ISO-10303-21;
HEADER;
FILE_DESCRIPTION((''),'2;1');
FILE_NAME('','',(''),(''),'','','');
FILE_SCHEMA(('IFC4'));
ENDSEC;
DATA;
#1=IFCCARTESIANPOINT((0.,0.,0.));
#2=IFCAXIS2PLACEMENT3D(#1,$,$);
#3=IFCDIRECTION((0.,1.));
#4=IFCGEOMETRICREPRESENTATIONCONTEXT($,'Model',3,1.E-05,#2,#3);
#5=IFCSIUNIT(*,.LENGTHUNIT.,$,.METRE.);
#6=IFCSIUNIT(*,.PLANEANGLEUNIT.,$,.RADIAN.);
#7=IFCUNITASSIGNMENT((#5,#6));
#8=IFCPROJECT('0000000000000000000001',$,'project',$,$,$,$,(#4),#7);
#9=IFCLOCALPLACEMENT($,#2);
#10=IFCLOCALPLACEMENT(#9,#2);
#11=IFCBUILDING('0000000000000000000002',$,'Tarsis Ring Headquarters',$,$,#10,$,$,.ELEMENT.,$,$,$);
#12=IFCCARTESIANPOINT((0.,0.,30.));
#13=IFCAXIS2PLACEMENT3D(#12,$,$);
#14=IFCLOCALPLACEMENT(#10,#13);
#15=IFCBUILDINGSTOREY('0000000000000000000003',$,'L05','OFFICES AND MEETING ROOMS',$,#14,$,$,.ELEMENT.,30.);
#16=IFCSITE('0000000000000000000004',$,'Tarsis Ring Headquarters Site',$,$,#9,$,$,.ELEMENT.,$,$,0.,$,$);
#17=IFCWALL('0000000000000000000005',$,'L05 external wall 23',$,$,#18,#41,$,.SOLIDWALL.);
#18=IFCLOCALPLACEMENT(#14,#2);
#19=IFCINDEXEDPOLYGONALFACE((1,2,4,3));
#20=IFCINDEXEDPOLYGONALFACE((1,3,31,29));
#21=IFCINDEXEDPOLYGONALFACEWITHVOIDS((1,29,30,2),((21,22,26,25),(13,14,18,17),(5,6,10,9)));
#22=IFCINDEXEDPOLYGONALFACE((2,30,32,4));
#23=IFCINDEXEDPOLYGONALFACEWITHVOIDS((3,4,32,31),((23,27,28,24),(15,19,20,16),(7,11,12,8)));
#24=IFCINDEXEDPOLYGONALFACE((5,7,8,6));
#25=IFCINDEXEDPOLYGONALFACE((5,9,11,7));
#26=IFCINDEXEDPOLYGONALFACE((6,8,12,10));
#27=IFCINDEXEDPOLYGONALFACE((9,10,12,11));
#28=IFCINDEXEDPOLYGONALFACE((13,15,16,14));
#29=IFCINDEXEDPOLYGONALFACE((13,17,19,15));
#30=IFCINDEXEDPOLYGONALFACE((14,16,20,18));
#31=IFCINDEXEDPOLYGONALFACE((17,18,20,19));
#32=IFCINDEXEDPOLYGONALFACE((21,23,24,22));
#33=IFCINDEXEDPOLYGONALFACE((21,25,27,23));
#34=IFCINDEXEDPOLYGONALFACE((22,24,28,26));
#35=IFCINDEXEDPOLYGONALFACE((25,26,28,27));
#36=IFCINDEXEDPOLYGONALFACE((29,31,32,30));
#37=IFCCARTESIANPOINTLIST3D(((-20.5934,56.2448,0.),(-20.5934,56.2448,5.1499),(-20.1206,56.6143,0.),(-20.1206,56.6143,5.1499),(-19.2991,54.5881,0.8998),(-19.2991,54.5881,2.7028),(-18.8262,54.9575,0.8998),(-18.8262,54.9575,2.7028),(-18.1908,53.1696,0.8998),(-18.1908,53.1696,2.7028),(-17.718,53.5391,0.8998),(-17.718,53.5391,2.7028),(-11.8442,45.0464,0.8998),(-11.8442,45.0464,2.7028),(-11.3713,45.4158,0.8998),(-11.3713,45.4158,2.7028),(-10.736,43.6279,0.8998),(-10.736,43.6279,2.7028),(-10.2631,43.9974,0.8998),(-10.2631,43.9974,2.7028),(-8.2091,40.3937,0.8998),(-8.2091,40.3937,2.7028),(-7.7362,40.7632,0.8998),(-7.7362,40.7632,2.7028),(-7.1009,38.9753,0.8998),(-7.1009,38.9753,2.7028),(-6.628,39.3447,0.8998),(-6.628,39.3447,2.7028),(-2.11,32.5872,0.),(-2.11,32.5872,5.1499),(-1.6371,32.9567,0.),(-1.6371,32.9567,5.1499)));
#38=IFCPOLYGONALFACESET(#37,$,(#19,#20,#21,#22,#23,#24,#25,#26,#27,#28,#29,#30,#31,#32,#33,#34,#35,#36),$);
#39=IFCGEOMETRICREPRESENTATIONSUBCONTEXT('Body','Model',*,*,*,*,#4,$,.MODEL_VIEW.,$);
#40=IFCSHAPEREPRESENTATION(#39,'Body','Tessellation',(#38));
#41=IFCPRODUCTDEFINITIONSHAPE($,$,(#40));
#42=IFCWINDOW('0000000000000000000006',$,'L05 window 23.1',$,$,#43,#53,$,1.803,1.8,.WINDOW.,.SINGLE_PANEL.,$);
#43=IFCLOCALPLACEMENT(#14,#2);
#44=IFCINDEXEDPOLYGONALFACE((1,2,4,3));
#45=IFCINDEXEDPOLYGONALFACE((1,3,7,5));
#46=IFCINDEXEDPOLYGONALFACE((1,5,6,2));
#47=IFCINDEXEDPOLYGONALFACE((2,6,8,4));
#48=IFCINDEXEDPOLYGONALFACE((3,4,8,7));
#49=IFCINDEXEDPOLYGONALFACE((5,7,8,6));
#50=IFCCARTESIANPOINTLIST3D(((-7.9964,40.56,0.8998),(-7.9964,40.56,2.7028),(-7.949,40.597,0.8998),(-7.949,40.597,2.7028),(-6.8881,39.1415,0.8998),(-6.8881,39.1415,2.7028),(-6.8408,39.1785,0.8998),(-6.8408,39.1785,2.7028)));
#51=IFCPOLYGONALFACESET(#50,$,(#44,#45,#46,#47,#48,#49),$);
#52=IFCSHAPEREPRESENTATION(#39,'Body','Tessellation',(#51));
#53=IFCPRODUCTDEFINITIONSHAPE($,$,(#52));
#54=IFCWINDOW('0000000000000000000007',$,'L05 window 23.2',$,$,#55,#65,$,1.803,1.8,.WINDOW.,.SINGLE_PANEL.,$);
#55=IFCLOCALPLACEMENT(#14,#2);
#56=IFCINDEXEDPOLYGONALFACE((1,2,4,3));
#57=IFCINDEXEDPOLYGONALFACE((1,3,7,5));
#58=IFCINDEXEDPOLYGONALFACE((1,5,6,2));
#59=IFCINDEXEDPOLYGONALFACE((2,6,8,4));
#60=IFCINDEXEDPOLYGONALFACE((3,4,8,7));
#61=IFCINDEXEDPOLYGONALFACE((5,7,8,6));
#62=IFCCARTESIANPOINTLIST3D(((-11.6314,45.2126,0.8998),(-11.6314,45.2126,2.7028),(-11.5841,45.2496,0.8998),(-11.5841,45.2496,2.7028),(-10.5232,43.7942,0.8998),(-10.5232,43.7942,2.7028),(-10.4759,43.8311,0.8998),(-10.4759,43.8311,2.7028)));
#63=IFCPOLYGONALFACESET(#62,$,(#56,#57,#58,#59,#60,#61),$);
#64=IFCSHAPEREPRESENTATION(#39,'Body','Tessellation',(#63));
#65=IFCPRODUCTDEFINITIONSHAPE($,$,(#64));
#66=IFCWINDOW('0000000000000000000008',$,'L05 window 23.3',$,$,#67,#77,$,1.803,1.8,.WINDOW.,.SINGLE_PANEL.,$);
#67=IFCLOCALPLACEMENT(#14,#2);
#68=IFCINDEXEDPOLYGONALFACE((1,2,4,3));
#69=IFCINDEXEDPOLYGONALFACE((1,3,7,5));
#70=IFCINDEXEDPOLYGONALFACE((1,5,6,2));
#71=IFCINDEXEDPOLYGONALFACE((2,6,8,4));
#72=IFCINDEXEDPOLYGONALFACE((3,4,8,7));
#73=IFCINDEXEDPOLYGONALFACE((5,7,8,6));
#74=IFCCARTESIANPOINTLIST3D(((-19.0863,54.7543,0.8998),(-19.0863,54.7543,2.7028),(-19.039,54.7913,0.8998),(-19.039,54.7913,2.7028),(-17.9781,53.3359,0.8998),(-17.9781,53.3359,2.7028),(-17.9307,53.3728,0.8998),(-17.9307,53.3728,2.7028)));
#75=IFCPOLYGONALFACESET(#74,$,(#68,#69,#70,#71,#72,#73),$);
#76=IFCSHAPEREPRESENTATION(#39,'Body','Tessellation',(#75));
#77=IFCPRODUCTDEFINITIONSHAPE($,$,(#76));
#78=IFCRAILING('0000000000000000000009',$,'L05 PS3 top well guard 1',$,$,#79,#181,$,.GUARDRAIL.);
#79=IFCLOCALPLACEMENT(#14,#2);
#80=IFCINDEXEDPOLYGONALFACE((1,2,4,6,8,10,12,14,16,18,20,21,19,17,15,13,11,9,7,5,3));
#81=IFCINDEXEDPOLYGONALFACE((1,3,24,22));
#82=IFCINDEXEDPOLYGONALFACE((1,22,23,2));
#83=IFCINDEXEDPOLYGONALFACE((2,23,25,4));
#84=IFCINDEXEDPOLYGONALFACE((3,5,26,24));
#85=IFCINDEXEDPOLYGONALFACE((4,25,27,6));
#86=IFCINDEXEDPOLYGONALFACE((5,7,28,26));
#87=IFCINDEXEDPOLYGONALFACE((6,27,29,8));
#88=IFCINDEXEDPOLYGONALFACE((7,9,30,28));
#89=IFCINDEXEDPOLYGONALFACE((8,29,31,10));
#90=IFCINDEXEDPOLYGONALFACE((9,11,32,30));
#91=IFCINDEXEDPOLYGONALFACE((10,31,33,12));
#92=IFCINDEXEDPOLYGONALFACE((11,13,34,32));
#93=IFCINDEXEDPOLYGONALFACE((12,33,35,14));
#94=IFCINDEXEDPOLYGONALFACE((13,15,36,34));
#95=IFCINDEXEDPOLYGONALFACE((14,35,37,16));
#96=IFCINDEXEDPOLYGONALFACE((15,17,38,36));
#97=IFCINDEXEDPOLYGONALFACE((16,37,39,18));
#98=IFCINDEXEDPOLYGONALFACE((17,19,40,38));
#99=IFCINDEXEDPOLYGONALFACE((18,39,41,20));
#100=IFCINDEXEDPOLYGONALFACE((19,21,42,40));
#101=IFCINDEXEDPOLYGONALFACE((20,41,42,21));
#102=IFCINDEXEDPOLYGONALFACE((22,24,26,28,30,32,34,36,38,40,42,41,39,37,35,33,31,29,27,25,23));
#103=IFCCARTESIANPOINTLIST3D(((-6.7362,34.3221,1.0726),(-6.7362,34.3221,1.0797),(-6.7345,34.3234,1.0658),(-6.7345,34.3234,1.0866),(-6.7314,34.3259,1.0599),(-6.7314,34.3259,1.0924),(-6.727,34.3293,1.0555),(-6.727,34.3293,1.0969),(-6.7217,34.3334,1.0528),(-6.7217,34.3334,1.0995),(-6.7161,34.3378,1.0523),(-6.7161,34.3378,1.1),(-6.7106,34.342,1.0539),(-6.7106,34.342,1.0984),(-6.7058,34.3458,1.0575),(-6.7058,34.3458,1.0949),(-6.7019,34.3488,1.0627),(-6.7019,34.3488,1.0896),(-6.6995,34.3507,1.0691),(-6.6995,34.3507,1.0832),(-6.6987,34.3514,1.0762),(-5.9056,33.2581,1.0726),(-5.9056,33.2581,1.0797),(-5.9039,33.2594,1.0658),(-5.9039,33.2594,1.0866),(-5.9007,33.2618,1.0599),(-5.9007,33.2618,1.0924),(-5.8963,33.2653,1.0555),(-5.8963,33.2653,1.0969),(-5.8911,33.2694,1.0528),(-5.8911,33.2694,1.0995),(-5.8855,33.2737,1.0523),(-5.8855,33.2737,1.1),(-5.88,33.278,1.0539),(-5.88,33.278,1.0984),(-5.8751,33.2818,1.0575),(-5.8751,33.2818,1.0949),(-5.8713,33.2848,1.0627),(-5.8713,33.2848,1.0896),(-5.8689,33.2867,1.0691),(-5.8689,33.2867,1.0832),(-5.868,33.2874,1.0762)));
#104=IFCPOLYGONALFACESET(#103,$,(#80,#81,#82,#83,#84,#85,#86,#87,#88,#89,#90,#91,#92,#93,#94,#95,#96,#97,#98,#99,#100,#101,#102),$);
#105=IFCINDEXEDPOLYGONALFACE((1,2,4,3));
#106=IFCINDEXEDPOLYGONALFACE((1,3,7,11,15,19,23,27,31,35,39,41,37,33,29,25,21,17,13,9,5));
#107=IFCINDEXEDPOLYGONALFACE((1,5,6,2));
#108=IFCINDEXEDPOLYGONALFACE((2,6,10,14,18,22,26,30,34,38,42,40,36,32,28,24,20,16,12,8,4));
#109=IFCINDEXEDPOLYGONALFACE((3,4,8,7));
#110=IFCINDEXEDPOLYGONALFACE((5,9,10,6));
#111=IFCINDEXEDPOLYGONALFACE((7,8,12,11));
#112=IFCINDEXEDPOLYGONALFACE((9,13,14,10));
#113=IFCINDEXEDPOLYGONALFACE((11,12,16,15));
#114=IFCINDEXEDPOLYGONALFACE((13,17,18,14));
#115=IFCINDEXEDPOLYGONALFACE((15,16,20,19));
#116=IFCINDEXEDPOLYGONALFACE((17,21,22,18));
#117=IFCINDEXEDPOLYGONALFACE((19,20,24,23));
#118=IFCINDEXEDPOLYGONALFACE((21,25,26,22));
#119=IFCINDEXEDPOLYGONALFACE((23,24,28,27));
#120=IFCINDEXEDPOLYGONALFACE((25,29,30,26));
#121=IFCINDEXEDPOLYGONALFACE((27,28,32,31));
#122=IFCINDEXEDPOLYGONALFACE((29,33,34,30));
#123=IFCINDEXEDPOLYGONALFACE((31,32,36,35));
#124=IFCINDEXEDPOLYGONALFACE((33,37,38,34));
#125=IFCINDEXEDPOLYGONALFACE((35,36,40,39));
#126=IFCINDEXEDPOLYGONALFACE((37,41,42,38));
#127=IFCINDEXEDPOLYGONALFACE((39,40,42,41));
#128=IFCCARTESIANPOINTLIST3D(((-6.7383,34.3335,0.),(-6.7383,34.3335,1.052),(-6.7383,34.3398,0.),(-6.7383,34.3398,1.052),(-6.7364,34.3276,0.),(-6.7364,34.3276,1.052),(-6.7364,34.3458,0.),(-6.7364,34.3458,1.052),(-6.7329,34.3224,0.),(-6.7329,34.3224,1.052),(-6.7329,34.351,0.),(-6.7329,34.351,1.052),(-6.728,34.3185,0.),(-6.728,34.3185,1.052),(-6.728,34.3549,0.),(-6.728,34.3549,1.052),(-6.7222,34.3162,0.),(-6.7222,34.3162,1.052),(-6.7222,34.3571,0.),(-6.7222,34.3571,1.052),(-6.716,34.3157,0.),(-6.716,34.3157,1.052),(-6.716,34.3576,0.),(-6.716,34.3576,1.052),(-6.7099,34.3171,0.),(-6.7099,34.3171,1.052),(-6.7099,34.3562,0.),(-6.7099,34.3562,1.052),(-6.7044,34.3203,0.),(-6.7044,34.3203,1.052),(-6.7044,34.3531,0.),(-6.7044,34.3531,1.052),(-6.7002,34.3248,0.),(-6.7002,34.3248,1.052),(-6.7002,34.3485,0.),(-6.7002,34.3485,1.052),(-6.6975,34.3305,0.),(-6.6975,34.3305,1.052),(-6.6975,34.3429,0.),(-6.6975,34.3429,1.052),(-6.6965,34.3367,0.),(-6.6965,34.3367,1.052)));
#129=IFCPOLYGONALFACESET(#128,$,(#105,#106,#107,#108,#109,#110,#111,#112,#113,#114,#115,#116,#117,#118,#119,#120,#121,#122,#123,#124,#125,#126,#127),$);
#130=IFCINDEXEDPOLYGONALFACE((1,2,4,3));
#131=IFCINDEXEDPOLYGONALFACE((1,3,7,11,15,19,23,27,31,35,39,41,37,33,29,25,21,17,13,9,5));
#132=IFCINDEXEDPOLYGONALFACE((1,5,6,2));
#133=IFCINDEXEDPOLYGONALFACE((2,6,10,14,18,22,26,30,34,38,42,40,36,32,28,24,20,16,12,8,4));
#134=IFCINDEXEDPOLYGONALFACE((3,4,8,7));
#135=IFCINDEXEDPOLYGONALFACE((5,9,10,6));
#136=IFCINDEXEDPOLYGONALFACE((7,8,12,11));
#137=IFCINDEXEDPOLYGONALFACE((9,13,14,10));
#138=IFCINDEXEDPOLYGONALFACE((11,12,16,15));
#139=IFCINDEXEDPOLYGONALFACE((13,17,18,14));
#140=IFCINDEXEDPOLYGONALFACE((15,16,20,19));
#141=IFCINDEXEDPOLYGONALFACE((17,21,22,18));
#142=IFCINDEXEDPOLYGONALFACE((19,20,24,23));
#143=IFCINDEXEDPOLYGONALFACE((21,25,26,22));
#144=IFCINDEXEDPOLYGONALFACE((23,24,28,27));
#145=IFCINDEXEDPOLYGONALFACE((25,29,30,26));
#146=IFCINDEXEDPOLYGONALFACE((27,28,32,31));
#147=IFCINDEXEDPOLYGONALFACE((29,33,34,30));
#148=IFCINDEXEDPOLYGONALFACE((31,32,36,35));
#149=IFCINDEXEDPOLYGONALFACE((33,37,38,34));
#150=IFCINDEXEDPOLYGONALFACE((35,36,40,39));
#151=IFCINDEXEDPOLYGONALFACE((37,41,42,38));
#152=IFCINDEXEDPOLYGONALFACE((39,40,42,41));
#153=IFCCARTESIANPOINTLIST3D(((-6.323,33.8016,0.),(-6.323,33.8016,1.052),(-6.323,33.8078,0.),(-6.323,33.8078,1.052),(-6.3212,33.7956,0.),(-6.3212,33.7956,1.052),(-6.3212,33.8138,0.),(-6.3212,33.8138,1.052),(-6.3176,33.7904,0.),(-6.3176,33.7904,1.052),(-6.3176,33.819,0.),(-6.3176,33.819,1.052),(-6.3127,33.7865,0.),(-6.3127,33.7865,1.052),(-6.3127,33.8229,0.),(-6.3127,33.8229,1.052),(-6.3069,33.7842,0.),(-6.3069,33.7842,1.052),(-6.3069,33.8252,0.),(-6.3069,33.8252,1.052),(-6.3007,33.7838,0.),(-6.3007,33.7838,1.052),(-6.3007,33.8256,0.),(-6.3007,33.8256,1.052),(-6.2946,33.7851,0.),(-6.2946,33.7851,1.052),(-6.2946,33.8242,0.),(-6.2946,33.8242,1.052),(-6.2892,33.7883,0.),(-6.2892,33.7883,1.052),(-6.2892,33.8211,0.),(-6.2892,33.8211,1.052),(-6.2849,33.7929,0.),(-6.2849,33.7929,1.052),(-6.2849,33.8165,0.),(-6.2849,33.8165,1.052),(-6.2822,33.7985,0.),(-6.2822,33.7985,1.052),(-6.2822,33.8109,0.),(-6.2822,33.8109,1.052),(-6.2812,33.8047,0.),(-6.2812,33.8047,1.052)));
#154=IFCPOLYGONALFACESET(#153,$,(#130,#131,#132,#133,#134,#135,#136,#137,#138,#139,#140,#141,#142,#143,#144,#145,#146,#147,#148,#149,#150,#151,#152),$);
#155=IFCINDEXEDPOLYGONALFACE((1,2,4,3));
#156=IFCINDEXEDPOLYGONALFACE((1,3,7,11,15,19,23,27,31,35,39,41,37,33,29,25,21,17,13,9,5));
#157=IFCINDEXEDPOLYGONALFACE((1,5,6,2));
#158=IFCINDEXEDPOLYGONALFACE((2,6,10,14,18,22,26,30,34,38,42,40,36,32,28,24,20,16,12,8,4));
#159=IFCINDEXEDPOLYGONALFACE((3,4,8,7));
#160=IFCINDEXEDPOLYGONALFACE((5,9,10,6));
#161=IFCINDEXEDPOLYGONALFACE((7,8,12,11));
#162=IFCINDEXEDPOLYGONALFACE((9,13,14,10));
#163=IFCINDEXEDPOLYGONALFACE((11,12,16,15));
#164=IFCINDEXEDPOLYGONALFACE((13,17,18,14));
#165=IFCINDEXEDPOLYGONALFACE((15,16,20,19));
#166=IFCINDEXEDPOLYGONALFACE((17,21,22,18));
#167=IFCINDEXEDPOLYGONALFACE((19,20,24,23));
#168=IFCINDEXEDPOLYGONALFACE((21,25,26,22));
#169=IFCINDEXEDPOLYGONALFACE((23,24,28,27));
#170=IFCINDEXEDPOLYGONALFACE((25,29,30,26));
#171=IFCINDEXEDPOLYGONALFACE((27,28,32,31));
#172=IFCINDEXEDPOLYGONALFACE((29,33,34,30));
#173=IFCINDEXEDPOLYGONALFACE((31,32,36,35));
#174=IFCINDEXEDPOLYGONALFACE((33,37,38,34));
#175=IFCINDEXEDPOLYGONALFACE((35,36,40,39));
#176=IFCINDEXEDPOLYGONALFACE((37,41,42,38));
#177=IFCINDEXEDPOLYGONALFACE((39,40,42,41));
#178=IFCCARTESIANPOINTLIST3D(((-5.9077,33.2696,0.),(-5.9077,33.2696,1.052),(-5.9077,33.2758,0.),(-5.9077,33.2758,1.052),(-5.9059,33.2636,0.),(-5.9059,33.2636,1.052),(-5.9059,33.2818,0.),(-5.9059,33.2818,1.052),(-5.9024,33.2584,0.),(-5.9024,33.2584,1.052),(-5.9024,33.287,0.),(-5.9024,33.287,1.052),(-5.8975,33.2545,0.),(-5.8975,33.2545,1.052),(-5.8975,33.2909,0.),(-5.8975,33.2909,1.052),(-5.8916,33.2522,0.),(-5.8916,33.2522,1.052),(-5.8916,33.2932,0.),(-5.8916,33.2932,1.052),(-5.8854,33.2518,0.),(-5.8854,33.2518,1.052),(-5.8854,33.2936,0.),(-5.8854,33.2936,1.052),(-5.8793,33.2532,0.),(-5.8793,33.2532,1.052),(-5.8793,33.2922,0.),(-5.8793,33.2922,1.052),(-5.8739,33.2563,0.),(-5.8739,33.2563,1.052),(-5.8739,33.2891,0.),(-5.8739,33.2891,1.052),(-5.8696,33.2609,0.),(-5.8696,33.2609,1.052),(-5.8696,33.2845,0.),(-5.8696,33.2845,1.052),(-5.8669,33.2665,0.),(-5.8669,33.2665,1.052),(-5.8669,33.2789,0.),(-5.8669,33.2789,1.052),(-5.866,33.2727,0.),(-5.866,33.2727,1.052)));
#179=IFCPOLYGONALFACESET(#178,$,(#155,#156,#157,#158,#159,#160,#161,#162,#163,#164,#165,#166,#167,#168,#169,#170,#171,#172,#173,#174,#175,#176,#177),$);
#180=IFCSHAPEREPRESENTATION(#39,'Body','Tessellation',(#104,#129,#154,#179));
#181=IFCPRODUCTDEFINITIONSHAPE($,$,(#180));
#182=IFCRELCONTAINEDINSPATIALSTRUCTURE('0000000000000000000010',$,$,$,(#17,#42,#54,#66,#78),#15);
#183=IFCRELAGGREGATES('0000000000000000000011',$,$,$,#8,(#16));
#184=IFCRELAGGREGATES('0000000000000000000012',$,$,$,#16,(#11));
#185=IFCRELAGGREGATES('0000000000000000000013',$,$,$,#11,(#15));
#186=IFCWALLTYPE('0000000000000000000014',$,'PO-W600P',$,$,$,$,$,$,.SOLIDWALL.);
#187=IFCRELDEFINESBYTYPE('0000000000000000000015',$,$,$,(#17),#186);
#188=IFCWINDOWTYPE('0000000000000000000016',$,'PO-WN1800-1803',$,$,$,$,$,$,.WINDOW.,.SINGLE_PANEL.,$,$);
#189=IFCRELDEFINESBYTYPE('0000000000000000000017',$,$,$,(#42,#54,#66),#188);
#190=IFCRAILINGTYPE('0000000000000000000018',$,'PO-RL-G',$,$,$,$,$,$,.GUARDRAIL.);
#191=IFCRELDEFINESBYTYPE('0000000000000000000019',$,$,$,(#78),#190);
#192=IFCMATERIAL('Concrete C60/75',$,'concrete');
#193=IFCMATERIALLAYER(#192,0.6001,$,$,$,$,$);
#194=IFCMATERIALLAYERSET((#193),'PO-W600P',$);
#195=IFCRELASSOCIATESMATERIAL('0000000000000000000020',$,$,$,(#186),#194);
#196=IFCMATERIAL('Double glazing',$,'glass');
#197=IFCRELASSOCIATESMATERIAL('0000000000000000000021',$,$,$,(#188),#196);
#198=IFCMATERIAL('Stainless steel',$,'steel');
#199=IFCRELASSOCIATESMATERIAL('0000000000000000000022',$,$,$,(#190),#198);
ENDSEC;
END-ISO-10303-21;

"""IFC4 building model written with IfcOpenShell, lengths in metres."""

from ifc_helpers import new_model, si_unit, direction, frame, frame_2d, origin, origin_2d, place, context, subcontext, project, spatial, rectangle, circle, extrude, material, layer, layer_set, type_object, element, fill, save


model = new_model("IFC4")

# Units and contexts
model_context = context("Model", 3, precision=1e-05, world=origin(), true_north=direction((0.0, 1.0)))
body_context = subcontext(model_context, "Body", "Model", "MODEL_VIEW")
ifc_project = project(units=[si_unit("LENGTHUNIT", "METRE"), si_unit("PLANEANGLEUNIT", "RADIAN")], contexts=[model_context])

# Site, building, storey
site_placement = place(None, origin())
site = spatial("IfcSite", under=ifc_project, at=site_placement, Name="Tarsis Ring Headquarters Site", CompositionType="ELEMENT", RefElevation=0.0)
building_placement = place(site_placement, origin())
building = spatial("IfcBuilding", under=site, at=building_placement, Name="Tarsis Ring Headquarters", CompositionType="ELEMENT")
storey_placement = place(building_placement, frame((0.0, 0.0, 30.0)))
storey = spatial("IfcBuildingStorey", under=building, at=storey_placement, Name="L05", Description="OFFICES AND MEETING ROOMS", CompositionType="ELEMENT", Elevation=30.0)

# Shared definitions
ifc_material_1 = material(Name="Concrete C60/75", Category="concrete")

# Wall, openings, windows
ifc_layer_1 = layer(ifc_material_1, 0.6001)
ifc_layer_set_1 = layer_set([ifc_layer_1], Name="PO-W600P")
wall_type_1 = type_object("IfcWallType", Name="PO-W600P", PredefinedType="SOLIDWALL", material=ifc_layer_set_1)
wall_1_placement = place(storey_placement, frame((-1.8735, 32.772, 0.0), z_axis=(0.0, 0.0, 1.0), x_axis=(-0.615665, 0.788008, 0.0)))
wall_1 = element("IfcWall", 1, at=wall_1_placement, inside=storey, type_object=wall_type_1, Name="L05 external wall 23", PredefinedType="SOLIDWALL", context=body_context, shape_type="SweptSolid", body=[
    extrude(rectangle(XDim=30.022, YDim=0.6001, at=frame_2d((15.011, 0.0))), origin(), (0.0, 0.0, 1.0), 5.1499),
])
opening_1_placement = place(wall_1_placement, frame((8.1067, 0.0, 0.8999)))
opening_1 = element("IfcOpeningElement", 2, at=opening_1_placement, cuts=wall_1, PredefinedType="OPENING", context=body_context, shape_type="SweptSolid", body=[
    extrude(rectangle(XDim=1.8, YDim=1.803, at=frame_2d((0.8999, 0.9014))), frame((0.0, 0.3101, 0.0), z_axis=(0.0, -1.0, 0.0), x_axis=(1.0, 0.0, 0.0)), (0.0, 0.0, 1.0), 0.6201),
])
opening_2_placement = place(wall_1_placement, frame((14.011, 0.0, 0.8999)))
opening_2 = element("IfcOpeningElement", 3, at=opening_2_placement, cuts=wall_1, PredefinedType="OPENING", context=body_context, shape_type="SweptSolid", body=[
    extrude(rectangle(XDim=1.8, YDim=1.803, at=frame_2d((0.8999, 0.9014))), frame((0.0, 0.3101, 0.0), z_axis=(0.0, -1.0, 0.0), x_axis=(1.0, 0.0, 0.0)), (0.0, 0.0, 1.0), 0.6201),
])
opening_3_placement = place(wall_1_placement, frame((26.1196, 0.0, 0.8999)))
opening_3 = element("IfcOpeningElement", 4, at=opening_3_placement, cuts=wall_1, PredefinedType="OPENING", context=body_context, shape_type="SweptSolid", body=[
    extrude(rectangle(XDim=1.8, YDim=1.803, at=frame_2d((0.8999, 0.9014))), frame((0.0, 0.3101, 0.0), z_axis=(0.0, -1.0, 0.0), x_axis=(1.0, 0.0, 0.0)), (0.0, 0.0, 1.0), 0.6201),
])
ifc_material_2 = material(Name="Double glazing", Category="glass")
window_type = type_object("IfcWindowType", Name="PO-WN1800-1803", PartitioningType="SINGLE_PANEL", PredefinedType="WINDOW", material=ifc_material_2)
window_1_placement = place(opening_1_placement, origin())
window_1 = element("IfcWindow", 5, at=window_1_placement, inside=storey, type_object=window_type, Name="L05 window 23.1", OverallHeight=1.803, OverallWidth=1.8, PartitioningType="SINGLE_PANEL", PredefinedType="WINDOW", context=body_context, shape_type="SweptSolid", body=[
    extrude(rectangle(XDim=1.8, YDim=1.803, at=frame_2d((0.8999, 0.9014))), frame((0.0, 0.03, 0.0), z_axis=(0.0, -1.0, 0.0), x_axis=(1.0, 0.0, 0.0)), (0.0, 0.0, 1.0), 0.0601),
])
fill(opening_1, window_1)
window_2_placement = place(opening_2_placement, origin())
window_2 = element("IfcWindow", 6, at=window_2_placement, inside=storey, type_object=window_type, Name="L05 window 23.2", OverallHeight=1.803, OverallWidth=1.8, PartitioningType="SINGLE_PANEL", PredefinedType="WINDOW", context=body_context, shape_type="SweptSolid", body=[
    extrude(rectangle(XDim=1.8, YDim=1.803, at=frame_2d((0.8999, 0.9014))), frame((0.0, 0.03, 0.0), z_axis=(0.0, -1.0, 0.0), x_axis=(1.0, 0.0, 0.0)), (0.0, 0.0, 1.0), 0.0601),
])
fill(opening_2, window_2)
window_3_placement = place(opening_3_placement, origin())
window_3 = element("IfcWindow", 7, at=window_3_placement, inside=storey, type_object=window_type, Name="L05 window 23.3", OverallHeight=1.803, OverallWidth=1.8, PartitioningType="SINGLE_PANEL", PredefinedType="WINDOW", context=body_context, shape_type="SweptSolid", body=[
    extrude(rectangle(XDim=1.8, YDim=1.803, at=frame_2d((0.8999, 0.9014))), frame((0.0, 0.03, 0.0), z_axis=(0.0, -1.0, 0.0), x_axis=(1.0, 0.0, 0.0)), (0.0, 0.0, 1.0), 0.0601),
])
fill(opening_3, window_3)

# Railing
ifc_material_3 = material(Name="Stainless steel", Category="steel")
railing_type = type_object("IfcRailingType", Name="PO-RL-G", PredefinedType="GUARDRAIL", material=ifc_material_3)
railing_placement = place(storey_placement, frame((-6.7175, 34.3367, 0.0)))
element("IfcRailing", 8, at=railing_placement, inside=storey, type_object=railing_type, Name="L05 PS3 top well guard 1", PredefinedType="GUARDRAIL", context=body_context, shape_type="SweptSolid", body=[
    extrude(circle(Radius=0.0239, at=origin_2d()), frame((0.0, 0.0, 1.0762), z_axis=(0.615342, -0.78826, 0.0), x_axis=(0.78826, 0.615342, 0.0)), (0.0, 0.0, 1.0), 1.3499),
    extrude(circle(Radius=0.021, at=origin_2d()), origin(), (0.0, 0.0, 1.0), 1.052),
    extrude(circle(Radius=0.021, at=origin_2d()), frame((0.4153, -0.532, 0.0)), (0.0, 0.0, 1.0), 1.052),
    extrude(circle(Radius=0.021, at=origin_2d()), frame((0.8306, -1.064, 0.0)), (0.0, 0.0, 1.0), 1.052),
])

save(model, "model.ifc")
